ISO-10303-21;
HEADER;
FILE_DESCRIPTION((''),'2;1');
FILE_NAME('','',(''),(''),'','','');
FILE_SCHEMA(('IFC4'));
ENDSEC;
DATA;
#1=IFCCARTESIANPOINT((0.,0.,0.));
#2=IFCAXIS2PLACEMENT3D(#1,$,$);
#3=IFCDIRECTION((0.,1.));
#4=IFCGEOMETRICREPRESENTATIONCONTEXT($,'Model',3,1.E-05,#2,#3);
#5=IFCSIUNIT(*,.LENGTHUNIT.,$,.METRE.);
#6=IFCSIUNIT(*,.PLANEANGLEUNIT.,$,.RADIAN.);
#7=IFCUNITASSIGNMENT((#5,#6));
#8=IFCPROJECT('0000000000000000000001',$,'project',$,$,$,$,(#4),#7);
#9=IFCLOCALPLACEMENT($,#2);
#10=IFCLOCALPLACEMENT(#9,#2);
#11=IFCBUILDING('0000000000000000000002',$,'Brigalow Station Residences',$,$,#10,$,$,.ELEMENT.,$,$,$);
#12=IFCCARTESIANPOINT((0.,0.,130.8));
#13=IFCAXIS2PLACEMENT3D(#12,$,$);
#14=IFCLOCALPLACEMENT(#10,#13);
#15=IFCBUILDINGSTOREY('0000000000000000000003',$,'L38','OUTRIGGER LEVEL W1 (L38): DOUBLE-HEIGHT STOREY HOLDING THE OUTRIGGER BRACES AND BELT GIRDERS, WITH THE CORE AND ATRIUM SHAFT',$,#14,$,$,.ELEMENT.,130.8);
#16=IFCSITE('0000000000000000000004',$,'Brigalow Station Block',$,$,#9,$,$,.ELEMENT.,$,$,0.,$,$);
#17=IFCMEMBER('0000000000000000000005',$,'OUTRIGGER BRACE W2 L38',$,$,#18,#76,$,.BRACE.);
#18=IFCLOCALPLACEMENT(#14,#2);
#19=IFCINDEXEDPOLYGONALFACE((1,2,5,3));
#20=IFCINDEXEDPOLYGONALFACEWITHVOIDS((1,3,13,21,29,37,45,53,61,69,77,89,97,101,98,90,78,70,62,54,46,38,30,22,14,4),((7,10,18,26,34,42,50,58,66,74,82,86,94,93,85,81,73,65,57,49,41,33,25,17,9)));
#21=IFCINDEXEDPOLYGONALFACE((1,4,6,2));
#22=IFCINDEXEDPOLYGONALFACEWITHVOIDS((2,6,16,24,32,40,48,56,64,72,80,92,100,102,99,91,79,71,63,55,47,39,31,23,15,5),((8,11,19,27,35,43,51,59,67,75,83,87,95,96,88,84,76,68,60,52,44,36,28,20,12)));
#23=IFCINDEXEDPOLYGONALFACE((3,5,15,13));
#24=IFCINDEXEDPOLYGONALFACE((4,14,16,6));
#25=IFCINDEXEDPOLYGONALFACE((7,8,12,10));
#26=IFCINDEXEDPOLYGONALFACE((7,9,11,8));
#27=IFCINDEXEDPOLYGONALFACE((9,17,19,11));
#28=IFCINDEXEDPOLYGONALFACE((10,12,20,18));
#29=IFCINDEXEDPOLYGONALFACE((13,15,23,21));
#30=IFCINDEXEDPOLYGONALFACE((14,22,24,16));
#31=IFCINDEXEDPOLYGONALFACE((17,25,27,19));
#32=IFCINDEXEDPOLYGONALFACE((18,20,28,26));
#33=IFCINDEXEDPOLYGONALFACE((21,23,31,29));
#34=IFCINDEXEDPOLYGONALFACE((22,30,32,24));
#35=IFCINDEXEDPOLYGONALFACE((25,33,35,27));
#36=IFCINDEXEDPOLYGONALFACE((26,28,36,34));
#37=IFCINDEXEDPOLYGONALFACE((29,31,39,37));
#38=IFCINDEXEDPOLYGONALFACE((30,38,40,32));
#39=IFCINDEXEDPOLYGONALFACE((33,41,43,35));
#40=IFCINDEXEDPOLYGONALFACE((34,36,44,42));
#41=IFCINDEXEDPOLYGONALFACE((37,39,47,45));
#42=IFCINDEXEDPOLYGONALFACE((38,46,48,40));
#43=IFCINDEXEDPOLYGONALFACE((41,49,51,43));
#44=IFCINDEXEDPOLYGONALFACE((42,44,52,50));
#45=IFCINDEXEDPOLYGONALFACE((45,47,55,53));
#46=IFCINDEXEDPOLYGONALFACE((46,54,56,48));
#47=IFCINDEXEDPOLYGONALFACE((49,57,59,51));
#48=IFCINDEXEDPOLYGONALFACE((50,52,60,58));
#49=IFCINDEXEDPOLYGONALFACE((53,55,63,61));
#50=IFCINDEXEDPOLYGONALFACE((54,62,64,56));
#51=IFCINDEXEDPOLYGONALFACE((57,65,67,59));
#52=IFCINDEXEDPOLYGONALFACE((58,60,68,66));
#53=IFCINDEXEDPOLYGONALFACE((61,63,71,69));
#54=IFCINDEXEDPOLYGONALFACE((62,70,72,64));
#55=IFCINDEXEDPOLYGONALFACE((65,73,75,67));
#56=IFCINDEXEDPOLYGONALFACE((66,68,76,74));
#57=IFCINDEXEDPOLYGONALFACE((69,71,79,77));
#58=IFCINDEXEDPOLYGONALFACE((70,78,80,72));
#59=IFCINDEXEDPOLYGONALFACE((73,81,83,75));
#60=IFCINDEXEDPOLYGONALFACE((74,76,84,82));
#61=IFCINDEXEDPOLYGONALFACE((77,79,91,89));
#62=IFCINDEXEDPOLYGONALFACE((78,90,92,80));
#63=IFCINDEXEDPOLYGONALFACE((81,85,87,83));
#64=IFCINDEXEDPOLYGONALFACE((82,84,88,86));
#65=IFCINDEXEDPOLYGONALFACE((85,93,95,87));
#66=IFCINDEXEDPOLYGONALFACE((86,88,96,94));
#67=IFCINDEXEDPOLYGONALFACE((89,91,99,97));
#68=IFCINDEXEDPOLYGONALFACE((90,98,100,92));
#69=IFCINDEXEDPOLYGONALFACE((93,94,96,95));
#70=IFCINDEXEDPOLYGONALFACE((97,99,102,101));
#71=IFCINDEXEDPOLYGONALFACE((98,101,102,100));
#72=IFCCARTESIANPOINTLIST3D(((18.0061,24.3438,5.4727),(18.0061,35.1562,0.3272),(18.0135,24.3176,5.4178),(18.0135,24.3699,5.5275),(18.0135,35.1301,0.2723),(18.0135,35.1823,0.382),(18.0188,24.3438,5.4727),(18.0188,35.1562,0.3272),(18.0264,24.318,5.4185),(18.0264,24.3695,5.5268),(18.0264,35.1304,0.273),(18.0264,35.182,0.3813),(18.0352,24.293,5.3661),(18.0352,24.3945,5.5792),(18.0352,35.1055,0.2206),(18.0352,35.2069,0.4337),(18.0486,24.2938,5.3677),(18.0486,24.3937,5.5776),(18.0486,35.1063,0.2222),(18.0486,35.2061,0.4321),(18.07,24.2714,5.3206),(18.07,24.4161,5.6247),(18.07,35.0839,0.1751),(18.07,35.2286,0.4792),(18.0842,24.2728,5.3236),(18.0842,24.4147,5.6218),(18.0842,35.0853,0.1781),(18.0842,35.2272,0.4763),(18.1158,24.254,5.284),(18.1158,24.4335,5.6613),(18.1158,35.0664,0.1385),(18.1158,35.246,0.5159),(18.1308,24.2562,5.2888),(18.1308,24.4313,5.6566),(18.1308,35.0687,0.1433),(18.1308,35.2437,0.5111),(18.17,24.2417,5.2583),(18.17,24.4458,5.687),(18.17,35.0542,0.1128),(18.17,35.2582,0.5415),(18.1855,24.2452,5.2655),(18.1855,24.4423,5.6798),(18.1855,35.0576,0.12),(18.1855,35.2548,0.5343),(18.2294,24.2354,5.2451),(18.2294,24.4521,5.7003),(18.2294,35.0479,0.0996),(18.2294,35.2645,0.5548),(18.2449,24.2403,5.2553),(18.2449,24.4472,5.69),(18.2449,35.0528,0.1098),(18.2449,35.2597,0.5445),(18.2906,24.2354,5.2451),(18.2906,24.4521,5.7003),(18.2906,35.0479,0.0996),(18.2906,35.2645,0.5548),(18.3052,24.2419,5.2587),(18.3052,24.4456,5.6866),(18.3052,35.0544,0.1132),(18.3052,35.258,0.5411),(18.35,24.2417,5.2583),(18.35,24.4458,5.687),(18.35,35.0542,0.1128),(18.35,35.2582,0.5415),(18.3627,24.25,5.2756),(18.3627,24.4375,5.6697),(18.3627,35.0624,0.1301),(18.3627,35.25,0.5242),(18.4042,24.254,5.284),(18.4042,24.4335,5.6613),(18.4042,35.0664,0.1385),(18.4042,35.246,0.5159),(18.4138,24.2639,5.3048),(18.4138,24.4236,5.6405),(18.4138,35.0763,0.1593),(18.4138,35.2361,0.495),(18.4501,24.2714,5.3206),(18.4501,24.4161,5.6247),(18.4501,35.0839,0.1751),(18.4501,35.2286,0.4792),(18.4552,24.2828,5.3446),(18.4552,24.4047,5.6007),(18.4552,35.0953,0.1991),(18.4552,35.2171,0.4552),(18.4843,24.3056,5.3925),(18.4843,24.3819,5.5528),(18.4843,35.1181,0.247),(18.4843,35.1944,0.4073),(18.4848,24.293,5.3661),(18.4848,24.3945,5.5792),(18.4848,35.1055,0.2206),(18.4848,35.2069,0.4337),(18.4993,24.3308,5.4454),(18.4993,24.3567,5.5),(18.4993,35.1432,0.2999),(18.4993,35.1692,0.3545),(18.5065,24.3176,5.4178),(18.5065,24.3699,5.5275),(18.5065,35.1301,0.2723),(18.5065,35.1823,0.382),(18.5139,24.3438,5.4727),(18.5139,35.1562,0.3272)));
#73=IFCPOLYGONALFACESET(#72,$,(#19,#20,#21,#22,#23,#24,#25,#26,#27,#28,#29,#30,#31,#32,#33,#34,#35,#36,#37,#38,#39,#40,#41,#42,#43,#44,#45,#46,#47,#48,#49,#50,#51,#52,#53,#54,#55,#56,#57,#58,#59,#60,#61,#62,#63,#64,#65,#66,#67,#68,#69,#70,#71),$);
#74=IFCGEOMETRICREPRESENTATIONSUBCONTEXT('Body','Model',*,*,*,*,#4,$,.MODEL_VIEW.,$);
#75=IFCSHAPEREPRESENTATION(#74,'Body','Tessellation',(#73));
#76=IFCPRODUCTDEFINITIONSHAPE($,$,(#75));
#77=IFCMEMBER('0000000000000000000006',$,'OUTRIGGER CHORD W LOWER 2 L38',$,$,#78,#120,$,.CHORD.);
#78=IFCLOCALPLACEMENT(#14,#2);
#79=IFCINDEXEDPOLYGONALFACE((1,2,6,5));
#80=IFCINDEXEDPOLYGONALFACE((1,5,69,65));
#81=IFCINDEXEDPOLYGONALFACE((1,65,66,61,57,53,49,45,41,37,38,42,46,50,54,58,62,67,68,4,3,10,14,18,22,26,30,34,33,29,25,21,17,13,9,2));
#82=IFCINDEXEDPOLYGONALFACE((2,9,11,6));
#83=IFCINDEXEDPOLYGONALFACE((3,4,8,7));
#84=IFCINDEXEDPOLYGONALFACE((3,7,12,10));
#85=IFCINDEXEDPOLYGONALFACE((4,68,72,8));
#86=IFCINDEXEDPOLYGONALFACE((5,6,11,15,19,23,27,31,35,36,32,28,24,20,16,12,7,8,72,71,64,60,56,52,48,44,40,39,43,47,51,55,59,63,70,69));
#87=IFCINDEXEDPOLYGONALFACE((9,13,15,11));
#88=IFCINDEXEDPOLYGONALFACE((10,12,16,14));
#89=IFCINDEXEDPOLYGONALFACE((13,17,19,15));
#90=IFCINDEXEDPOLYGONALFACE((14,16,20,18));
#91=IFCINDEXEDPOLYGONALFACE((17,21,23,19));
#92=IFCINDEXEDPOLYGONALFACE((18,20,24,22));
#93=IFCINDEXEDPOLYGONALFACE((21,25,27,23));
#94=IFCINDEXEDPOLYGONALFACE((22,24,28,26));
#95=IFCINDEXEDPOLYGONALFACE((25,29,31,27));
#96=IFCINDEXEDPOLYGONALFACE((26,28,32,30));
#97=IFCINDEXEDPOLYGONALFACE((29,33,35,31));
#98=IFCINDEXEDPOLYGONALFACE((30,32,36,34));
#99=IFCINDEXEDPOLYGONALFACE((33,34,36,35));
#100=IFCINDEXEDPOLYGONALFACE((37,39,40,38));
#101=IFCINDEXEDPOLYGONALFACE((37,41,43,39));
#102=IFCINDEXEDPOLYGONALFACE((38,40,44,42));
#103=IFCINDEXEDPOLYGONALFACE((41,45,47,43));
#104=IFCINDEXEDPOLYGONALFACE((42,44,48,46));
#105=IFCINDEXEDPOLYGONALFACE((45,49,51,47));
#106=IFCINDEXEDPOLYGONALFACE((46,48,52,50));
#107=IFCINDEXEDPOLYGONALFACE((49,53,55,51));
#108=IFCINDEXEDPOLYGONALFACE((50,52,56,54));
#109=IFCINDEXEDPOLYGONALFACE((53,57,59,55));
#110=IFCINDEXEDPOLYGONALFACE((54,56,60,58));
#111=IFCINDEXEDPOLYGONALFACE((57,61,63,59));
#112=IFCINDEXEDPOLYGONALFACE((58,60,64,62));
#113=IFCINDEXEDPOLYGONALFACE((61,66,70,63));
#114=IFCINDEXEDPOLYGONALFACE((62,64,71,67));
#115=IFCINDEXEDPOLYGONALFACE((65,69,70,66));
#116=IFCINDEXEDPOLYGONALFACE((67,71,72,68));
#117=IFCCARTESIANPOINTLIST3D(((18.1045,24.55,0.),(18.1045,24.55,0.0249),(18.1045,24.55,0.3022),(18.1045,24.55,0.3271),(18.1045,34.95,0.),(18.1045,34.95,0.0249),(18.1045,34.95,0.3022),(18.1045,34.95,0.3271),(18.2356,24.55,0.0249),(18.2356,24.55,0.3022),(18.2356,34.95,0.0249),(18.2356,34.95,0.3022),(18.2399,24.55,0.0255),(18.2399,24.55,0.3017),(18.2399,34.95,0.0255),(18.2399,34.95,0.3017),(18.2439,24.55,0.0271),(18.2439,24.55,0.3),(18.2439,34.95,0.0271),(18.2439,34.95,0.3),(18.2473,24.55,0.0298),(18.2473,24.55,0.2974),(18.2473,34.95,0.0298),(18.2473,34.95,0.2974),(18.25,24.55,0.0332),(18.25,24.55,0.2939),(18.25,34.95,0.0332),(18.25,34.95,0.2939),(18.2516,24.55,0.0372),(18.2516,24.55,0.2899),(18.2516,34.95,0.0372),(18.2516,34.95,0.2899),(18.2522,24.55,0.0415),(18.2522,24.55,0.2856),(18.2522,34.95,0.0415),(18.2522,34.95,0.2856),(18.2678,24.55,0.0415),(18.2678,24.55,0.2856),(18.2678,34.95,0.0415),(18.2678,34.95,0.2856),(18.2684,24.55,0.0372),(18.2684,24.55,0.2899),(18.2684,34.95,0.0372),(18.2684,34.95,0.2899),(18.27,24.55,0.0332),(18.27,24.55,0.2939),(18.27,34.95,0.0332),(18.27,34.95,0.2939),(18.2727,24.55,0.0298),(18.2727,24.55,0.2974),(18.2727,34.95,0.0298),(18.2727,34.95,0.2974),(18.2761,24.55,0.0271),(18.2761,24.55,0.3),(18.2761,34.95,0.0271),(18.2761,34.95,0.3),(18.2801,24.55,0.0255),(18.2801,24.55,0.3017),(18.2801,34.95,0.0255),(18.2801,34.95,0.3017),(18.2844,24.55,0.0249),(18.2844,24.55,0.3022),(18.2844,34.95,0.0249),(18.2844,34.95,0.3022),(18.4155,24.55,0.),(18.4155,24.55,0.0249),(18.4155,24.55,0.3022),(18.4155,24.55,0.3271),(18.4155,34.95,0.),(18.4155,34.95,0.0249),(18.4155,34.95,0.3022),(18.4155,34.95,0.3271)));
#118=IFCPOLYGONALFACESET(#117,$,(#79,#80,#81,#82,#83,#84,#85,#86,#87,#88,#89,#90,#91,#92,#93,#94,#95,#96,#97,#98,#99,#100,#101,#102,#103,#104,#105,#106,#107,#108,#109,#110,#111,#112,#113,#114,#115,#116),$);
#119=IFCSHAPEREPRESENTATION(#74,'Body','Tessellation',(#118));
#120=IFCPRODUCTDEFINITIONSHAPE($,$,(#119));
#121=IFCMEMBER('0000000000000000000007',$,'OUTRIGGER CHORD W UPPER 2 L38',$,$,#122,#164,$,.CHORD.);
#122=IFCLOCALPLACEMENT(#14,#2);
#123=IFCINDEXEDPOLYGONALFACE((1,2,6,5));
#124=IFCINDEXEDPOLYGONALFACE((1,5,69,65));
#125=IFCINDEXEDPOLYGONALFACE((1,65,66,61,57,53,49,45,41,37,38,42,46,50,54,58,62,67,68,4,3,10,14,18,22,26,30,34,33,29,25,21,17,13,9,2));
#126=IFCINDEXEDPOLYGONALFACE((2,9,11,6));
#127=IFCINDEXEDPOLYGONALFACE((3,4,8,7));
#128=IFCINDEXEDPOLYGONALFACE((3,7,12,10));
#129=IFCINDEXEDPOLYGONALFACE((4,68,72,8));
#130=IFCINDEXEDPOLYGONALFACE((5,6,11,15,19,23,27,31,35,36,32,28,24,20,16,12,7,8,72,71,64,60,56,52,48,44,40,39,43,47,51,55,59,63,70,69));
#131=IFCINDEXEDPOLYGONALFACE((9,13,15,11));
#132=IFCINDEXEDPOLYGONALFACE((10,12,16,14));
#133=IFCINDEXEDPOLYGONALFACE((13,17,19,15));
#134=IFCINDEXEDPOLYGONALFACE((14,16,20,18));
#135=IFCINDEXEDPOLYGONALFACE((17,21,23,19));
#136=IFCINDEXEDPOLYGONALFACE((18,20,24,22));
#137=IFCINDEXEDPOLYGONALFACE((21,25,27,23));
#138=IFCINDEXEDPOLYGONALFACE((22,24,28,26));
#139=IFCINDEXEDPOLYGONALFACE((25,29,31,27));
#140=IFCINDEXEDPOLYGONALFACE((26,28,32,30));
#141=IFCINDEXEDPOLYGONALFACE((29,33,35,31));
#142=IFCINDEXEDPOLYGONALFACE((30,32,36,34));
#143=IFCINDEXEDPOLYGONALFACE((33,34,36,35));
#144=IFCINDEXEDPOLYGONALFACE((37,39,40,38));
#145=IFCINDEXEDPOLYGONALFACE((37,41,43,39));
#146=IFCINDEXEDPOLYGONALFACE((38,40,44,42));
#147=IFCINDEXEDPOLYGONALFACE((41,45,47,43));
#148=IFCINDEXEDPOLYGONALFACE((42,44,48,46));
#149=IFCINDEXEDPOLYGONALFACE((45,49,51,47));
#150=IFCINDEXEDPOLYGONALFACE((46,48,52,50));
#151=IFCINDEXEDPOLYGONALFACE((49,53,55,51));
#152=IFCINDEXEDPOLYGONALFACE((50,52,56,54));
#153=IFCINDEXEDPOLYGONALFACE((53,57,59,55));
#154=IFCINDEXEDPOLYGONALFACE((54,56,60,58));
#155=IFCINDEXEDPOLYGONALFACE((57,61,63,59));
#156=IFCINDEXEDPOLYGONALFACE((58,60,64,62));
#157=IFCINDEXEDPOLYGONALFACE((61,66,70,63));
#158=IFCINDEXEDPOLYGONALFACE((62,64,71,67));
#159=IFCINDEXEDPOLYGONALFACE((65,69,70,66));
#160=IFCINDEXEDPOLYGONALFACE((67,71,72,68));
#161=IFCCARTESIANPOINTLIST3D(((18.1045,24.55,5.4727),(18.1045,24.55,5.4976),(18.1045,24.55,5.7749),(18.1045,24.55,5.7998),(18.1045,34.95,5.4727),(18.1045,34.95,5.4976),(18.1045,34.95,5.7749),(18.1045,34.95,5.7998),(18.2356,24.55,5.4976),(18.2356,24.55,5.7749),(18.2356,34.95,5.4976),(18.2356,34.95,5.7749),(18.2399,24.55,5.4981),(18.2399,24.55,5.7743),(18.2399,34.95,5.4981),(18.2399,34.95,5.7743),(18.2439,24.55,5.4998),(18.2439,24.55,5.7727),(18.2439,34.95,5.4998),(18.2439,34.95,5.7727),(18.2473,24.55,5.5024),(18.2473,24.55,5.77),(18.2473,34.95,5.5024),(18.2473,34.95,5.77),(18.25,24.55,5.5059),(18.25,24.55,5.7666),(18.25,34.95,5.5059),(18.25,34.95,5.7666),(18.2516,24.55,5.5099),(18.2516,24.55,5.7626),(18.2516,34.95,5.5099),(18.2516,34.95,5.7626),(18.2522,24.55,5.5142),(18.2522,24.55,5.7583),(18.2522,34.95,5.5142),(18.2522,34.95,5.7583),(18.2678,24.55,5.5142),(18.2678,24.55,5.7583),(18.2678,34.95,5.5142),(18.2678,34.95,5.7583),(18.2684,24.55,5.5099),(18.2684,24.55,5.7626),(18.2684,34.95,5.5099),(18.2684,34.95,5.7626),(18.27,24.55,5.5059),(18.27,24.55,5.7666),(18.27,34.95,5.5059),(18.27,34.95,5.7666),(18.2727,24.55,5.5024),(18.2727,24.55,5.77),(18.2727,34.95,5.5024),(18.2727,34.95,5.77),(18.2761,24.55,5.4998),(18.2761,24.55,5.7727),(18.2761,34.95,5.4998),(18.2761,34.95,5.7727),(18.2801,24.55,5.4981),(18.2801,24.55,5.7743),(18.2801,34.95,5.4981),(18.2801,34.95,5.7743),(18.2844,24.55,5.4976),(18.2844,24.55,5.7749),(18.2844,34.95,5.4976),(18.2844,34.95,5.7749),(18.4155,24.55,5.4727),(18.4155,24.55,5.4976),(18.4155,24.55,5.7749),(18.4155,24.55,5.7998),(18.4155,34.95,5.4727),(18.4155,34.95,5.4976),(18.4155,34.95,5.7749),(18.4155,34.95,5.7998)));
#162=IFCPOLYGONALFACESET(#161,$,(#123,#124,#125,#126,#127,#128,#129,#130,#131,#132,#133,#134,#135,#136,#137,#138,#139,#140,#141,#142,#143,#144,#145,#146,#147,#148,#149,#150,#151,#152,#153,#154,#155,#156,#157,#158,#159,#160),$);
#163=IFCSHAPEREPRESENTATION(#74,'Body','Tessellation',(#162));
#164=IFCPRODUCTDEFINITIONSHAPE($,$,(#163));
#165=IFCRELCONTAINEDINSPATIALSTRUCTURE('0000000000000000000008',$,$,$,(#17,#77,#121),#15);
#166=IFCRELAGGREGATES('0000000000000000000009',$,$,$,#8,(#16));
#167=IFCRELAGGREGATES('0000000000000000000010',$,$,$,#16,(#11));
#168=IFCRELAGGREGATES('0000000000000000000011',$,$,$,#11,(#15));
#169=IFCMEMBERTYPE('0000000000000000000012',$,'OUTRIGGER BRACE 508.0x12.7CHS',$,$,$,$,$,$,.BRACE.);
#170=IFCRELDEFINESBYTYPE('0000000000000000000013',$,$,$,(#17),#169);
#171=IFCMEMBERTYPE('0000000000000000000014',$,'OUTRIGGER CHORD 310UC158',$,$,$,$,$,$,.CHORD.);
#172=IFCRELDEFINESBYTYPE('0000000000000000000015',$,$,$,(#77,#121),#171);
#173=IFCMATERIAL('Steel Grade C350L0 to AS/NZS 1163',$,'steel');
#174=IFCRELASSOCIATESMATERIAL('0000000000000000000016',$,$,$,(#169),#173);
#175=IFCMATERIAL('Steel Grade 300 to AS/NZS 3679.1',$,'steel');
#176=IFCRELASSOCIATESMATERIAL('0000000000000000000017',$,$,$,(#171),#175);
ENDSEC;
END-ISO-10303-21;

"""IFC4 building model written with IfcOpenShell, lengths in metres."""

from ifc_helpers import new_model, si_unit, direction, frame, origin, origin_2d, place, context, subcontext, project, spatial, hollow_circle, i_section, extrude, material, material_profile, profile_set, type_object, element, save


model = new_model("IFC4")

# Units and contexts
model_context = context("Model", 3, precision=1e-05, world=origin(), true_north=direction((0.0, 1.0)))
body_context = subcontext(model_context, "Body", "Model", "MODEL_VIEW")
ifc_project = project(units=[si_unit("LENGTHUNIT", "METRE"), si_unit("PLANEANGLEUNIT", "RADIAN")], contexts=[model_context])

# Site, building, storey
site_placement = place(None, origin())
site = spatial("IfcSite", under=ifc_project, at=site_placement, Name="Brigalow Station Block", CompositionType="ELEMENT", RefElevation=0.0)
building_placement = place(site_placement, origin())
building = spatial("IfcBuilding", under=site, at=building_placement, Name="Brigalow Station Residences", CompositionType="ELEMENT")
storey_placement = place(building_placement, frame((0.0, 0.0, 130.8)))
storey = spatial("IfcBuildingStorey", under=building, at=storey_placement, Name="L38", Description="OUTRIGGER LEVEL W1 (L38): DOUBLE-HEIGHT STOREY HOLDING THE OUTRIGGER BRACES AND BELT GIRDERS, WITH THE CORE AND ATRIUM SHAFT", CompositionType="ELEMENT", Elevation=130.8)

# Members
ifc_material_1 = material(Name="Steel Grade C350L0 to AS/NZS 1163", Category="steel")
ifc_material_profile_1 = material_profile(ifc_material_1, hollow_circle(Radius=0.2539, WallThickness=0.0127, at=origin_2d()), Name="508.0x12.7CHS")
ifc_profile_set_1 = profile_set([ifc_material_profile_1], Name="Steel Grade C350L0 to AS/NZS 1163")
member_type_1 = type_object("IfcMemberType", Name="OUTRIGGER BRACE 508.0x12.7CHS", PredefinedType="BRACE", material=ifc_profile_set_1)
member_1_placement = place(storey_placement, frame((18.26, 24.3438, 5.4727), z_axis=(0.0, 0.902968, -0.429709), x_axis=(-1.0, 0.0, 0.0)))
element("IfcMember", 1, at=member_1_placement, inside=storey, type_object=member_type_1, Name="OUTRIGGER BRACE W2 L38", PredefinedType="BRACE", context=body_context, shape_type="SweptSolid", body=[
    extrude(hollow_circle(Radius=0.2539, WallThickness=0.0127, at=origin_2d()), origin(), (0.0, 0.0, 1.0), 11.9744),
])
ifc_material_2 = material(Name="Steel Grade 300 to AS/NZS 3679.1", Category="steel")
ifc_material_profile_2 = material_profile(ifc_material_2, i_section(OverallWidth=0.311, OverallDepth=0.3271, WebThickness=0.0156, FlangeThickness=0.0249, FilletRadius=0.0166, at=origin_2d()), Name="310UC158")
ifc_profile_set_2 = profile_set([ifc_material_profile_2], Name="Steel Grade 300 to AS/NZS 3679.1")
member_type_2 = type_object("IfcMemberType", Name="OUTRIGGER CHORD 310UC158", PredefinedType="CHORD", material=ifc_profile_set_2)
for number, where, z_axis, x_axis, name in (
    (2, (18.26, 24.55, 0.1636), (0.0, 1.0, 0.0), (-1.0, 0.0, 0.0), "OUTRIGGER CHORD W LOWER 2 L38"),
    (3, (18.26, 24.55, 5.6362), (0.0, 1.0, 0.0), (-1.0, 0.0, 0.0), "OUTRIGGER CHORD W UPPER 2 L38"),
):
    element("IfcMember", number, at=place(storey_placement, frame(where, z_axis=z_axis, x_axis=x_axis)), inside=storey, type_object=member_type_2, Name=name, PredefinedType="CHORD", context=body_context, shape_type="SweptSolid", body=[
        extrude(i_section(OverallWidth=0.311, OverallDepth=0.3271, WebThickness=0.0156, FlangeThickness=0.0249, FilletRadius=0.0166, at=origin_2d()), origin(), (0.0, 0.0, 1.0), 10.3999),
    ])

save(model, "model.ifc")
